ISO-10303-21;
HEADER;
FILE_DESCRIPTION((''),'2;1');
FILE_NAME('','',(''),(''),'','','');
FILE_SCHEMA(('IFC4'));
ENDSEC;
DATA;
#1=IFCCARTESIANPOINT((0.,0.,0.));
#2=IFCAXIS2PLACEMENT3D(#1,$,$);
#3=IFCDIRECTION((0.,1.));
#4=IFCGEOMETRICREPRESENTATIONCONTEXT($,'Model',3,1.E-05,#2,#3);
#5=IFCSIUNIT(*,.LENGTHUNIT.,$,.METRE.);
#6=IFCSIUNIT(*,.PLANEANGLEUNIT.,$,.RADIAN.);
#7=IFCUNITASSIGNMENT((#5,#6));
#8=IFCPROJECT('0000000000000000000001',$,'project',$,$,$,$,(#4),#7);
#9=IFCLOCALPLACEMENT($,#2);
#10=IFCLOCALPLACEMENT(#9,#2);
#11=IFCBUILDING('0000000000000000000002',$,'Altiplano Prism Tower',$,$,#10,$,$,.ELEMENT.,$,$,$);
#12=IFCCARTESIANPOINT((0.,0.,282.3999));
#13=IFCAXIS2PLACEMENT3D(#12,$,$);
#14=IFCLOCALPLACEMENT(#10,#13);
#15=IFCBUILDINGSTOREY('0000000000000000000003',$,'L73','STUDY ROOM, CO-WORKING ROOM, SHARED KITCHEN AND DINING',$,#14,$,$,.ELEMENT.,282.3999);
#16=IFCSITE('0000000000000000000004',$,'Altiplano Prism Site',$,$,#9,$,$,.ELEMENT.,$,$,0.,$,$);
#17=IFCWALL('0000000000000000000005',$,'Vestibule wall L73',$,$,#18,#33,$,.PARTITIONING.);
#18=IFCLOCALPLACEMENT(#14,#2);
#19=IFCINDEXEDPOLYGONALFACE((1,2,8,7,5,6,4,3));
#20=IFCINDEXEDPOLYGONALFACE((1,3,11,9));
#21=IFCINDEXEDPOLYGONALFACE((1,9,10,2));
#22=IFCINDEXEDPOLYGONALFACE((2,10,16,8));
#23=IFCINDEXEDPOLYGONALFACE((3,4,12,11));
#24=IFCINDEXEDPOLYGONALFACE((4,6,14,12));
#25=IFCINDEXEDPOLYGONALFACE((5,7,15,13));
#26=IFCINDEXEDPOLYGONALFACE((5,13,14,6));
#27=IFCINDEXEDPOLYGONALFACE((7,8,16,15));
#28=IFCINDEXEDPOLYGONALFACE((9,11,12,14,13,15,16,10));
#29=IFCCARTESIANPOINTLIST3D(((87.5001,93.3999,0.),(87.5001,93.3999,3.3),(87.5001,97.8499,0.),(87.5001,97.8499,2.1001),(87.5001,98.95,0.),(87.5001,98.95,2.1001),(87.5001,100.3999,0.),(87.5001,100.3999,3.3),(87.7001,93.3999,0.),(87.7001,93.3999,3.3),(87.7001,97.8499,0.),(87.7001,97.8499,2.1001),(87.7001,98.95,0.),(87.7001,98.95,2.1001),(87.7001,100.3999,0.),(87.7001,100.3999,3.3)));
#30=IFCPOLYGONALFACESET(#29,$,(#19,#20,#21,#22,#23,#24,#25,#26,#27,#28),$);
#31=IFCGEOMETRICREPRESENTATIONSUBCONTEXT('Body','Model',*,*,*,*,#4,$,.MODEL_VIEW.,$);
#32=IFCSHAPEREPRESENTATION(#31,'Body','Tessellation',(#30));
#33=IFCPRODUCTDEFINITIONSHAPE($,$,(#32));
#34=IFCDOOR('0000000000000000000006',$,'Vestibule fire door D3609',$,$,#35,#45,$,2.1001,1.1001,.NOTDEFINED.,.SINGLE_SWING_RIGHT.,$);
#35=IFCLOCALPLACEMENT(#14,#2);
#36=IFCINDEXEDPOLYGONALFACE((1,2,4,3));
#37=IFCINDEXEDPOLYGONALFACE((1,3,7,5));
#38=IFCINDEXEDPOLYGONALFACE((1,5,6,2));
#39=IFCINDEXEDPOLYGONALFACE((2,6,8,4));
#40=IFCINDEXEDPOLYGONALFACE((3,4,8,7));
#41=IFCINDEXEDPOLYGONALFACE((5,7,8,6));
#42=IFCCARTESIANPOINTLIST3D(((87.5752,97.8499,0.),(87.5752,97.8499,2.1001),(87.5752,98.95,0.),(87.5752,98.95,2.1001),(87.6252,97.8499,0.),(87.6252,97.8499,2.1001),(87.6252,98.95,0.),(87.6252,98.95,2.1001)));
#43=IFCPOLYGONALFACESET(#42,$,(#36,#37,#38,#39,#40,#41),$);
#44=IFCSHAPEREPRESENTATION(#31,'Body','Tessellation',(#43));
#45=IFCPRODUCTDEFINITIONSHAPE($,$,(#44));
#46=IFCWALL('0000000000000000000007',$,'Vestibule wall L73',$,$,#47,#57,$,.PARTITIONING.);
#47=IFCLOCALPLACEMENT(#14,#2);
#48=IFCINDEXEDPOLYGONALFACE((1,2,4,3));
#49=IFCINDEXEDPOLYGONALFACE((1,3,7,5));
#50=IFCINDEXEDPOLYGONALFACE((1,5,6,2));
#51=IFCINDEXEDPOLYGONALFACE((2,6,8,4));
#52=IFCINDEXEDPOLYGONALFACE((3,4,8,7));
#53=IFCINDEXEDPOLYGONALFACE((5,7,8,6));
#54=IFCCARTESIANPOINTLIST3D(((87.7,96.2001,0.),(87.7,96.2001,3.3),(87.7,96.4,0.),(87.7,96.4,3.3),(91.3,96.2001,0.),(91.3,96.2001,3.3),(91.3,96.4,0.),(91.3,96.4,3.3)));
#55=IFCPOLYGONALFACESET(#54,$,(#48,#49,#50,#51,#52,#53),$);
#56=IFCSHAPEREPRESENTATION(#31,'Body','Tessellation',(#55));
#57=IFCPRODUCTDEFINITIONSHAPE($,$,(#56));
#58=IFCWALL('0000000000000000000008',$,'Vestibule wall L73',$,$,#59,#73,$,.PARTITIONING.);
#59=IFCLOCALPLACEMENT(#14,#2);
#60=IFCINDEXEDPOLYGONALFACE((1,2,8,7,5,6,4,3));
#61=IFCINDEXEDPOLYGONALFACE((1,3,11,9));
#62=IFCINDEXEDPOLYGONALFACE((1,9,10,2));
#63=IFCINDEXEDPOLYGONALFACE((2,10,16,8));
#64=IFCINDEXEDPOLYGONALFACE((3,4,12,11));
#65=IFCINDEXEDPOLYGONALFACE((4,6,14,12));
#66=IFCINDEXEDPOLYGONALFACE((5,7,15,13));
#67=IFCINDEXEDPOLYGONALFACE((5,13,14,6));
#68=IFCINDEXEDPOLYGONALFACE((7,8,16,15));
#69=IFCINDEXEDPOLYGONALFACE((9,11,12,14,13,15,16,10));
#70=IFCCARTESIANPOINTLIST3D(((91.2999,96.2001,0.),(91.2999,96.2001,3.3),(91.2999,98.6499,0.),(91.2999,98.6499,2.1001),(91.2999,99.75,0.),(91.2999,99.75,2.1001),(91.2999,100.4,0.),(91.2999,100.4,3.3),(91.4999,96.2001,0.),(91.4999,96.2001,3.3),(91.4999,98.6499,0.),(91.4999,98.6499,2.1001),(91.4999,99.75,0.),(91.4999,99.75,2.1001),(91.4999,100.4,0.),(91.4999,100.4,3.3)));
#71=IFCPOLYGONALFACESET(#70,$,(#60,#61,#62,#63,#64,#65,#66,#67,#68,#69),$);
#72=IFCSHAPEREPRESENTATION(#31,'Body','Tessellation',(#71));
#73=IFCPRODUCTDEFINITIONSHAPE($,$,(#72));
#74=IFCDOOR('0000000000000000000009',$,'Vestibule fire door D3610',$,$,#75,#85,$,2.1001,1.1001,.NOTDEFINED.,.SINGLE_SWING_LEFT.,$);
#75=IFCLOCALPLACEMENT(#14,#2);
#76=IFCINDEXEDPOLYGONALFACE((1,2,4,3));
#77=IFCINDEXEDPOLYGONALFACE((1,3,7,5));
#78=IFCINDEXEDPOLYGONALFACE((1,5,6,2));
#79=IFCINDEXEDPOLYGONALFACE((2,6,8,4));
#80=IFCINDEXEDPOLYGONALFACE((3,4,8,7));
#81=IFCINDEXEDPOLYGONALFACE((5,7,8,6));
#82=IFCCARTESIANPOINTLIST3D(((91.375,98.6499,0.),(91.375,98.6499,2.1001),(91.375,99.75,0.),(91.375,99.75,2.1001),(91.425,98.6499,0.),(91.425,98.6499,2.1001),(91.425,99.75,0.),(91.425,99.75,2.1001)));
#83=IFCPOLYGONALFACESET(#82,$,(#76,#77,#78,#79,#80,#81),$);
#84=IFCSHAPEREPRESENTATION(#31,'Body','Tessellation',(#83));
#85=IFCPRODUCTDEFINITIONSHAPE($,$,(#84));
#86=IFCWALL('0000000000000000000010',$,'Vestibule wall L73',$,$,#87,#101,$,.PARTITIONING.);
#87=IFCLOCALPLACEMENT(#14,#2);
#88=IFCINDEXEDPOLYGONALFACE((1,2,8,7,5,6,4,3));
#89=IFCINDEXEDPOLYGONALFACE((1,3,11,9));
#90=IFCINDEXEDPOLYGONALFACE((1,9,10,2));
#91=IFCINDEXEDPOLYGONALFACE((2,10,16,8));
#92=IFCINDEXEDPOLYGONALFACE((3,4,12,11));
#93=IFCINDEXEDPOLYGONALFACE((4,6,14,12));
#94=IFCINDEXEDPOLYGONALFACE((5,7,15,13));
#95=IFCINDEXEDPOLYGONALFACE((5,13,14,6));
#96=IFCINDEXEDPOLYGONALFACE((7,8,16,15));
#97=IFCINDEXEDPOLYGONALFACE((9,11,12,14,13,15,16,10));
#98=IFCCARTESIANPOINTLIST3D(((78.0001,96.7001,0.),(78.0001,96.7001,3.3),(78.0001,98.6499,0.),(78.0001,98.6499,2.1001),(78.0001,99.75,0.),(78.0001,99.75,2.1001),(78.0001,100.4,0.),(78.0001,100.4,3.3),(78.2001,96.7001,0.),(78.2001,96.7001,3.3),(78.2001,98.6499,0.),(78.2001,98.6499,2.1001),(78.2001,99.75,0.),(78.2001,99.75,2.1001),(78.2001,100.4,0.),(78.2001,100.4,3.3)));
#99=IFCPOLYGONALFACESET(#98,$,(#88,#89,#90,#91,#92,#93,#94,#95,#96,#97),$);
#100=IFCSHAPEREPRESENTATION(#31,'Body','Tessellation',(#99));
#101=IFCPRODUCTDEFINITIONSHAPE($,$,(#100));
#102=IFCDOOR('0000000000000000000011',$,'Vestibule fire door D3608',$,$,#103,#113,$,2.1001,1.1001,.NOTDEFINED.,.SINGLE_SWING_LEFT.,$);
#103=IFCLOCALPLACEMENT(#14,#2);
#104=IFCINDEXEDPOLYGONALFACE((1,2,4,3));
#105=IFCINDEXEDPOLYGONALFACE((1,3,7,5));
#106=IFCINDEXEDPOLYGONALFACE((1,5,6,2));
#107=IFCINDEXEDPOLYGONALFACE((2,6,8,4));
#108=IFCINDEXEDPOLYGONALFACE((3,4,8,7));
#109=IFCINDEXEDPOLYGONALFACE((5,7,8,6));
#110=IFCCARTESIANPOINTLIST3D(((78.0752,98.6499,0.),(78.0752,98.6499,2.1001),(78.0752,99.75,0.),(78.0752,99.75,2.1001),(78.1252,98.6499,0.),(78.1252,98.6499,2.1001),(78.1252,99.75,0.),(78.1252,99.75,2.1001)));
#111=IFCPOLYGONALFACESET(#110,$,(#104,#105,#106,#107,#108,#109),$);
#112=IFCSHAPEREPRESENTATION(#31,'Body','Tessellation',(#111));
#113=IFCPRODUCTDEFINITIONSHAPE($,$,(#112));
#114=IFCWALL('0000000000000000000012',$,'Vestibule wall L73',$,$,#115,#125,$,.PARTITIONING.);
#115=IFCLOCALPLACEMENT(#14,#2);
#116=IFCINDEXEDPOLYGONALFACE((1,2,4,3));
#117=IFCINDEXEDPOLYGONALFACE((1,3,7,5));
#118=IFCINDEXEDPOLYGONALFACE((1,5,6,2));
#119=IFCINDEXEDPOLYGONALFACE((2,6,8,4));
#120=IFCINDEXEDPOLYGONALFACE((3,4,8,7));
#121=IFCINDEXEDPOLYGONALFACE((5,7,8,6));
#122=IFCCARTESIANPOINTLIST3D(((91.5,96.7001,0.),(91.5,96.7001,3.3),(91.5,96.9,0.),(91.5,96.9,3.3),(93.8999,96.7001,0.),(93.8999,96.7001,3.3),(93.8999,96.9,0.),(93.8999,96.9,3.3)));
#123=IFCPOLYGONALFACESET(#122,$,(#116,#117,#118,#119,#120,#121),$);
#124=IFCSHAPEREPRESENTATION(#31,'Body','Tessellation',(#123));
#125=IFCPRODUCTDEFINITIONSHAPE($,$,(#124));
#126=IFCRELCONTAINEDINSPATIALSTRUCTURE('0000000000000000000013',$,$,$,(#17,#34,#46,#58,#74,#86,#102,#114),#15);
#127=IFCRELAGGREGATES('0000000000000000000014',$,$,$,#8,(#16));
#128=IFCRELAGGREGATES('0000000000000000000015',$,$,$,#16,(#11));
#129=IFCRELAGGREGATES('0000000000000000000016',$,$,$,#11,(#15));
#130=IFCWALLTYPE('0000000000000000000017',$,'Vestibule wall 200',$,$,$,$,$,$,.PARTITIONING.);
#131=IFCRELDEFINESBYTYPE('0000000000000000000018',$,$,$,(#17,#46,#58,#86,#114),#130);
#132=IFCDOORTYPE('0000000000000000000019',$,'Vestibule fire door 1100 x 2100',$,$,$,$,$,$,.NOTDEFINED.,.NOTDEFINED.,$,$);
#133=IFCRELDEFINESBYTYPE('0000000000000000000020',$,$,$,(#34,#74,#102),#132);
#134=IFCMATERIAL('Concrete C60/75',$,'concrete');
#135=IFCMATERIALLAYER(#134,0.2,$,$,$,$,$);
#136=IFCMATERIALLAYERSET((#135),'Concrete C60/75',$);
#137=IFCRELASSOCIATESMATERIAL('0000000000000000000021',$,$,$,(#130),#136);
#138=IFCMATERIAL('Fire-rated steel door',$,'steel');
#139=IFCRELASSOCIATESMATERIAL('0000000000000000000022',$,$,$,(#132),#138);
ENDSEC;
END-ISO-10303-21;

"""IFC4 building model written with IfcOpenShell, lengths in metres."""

from ifc_helpers import new_model, si_unit, direction, frame, frame_2d, origin, place, context, subcontext, project, spatial, rectangle, extrude, material, layer, layer_set, type_object, element, fill, save


model = new_model("IFC4")

# Units and contexts
model_context = context("Model", 3, precision=1e-05, world=origin(), true_north=direction((0.0, 1.0)))
body_context = subcontext(model_context, "Body", "Model", "MODEL_VIEW")
ifc_project = project(units=[si_unit("LENGTHUNIT", "METRE"), si_unit("PLANEANGLEUNIT", "RADIAN")], contexts=[model_context])

# Site, building, storey
site_placement = place(None, origin())
site = spatial("IfcSite", under=ifc_project, at=site_placement, Name="Altiplano Prism Site", CompositionType="ELEMENT", RefElevation=0.0)
building_placement = place(site_placement, origin())
building = spatial("IfcBuilding", under=site, at=building_placement, Name="Altiplano Prism Tower", CompositionType="ELEMENT")
storey_placement = place(building_placement, frame((0.0, 0.0, 282.3999)))
storey = spatial("IfcBuildingStorey", under=building, at=storey_placement, Name="L73", Description="STUDY ROOM, CO-WORKING ROOM, SHARED KITCHEN AND DINING", CompositionType="ELEMENT", Elevation=282.3999)

# Shared definitions
ifc_material_1 = material(Name="Concrete C60/75", Category="concrete")

# Shared definitions
ifc_material_2 = material(Name="Fire-rated steel door", Category="steel")

# Shared definitions
ifc_layer_1 = layer(ifc_material_1, 0.2)
ifc_layer_set_1 = layer_set([ifc_layer_1], Name="Concrete C60/75")
wall_type_1 = type_object("IfcWallType", Name="Vestibule wall 200", PredefinedType="PARTITIONING", material=ifc_layer_set_1)

# Wall, opening, door
wall_1_placement = place(storey_placement, frame((87.6001, 93.3999, 0.0), z_axis=(0.0, 0.0, 1.0), x_axis=(0.0, 1.0, 0.0)))
wall_1 = element("IfcWall", 1, at=wall_1_placement, inside=storey, type_object=wall_type_1, Name="Vestibule wall L73", PredefinedType="PARTITIONING", context=body_context, shape_type="SweptSolid", body=[
    extrude(rectangle(XDim=7.0, YDim=0.2, at=frame_2d((3.5, 0.0))), origin(), (0.0, 0.0, 1.0), 3.3),
])
opening_1_placement = place(wall_1_placement, frame((4.45, 0.0, 0.0)))
opening_1 = element("IfcOpeningElement", 2, at=opening_1_placement, cuts=wall_1, PredefinedType="OPENING", context=body_context, shape_type="SweptSolid", body=[
    extrude(rectangle(XDim=1.1001, YDim=2.1001, at=frame_2d((0.55, 1.05))), frame((0.0, 0.1104, 0.0), z_axis=(0.0, -1.0, 0.0), x_axis=(1.0, 0.0, 0.0)), (0.0, 0.0, 1.0), 0.2209),
])
door_type_1 = type_object("IfcDoorType", Name="Vestibule fire door 1100 x 2100", OperationType="NOTDEFINED", PredefinedType="NOTDEFINED", material=ifc_material_2)
door_1_placement = place(opening_1_placement, origin())
door_1 = element("IfcDoor", 3, at=door_1_placement, inside=storey, type_object=door_type_1, Name="Vestibule fire door D3609", OperationType="SINGLE_SWING_RIGHT", OverallHeight=2.1001, OverallWidth=1.1001, PredefinedType="NOTDEFINED", context=body_context, shape_type="SweptSolid", body=[
    extrude(rectangle(XDim=1.1001, YDim=2.1001, at=frame_2d((0.55, 1.05))), frame((0.0, 0.0249, 0.0), z_axis=(0.0, -1.0, 0.0), x_axis=(1.0, 0.0, 0.0)), (0.0, 0.0, 1.0), 0.05),
])
fill(opening_1, door_1)

# Wall
wall_2_placement = place(storey_placement, frame((87.7, 96.3, 0.0), z_axis=(0.0, 0.0, 1.0), x_axis=(1.0, 0.0, 0.0)))
element("IfcWall", 4, at=wall_2_placement, inside=storey, type_object=wall_type_1, Name="Vestibule wall L73", PredefinedType="PARTITIONING", context=body_context, shape_type="SweptSolid", body=[
    extrude(rectangle(XDim=3.6001, YDim=0.2, at=frame_2d((1.8, 0.0))), origin(), (0.0, 0.0, 1.0), 3.3),
])

# Walls, openings, doors
wall_3_placement = place(storey_placement, frame((91.3999, 96.2, 0.0), z_axis=(0.0, 0.0, 1.0), x_axis=(0.0, 1.0, 0.0)))
wall_3 = element("IfcWall", 5, at=wall_3_placement, inside=storey, type_object=wall_type_1, Name="Vestibule wall L73", PredefinedType="PARTITIONING", context=body_context, shape_type="SweptSolid", body=[
    extrude(rectangle(XDim=4.2, YDim=0.2, at=frame_2d((2.1001, 0.0))), origin(), (0.0, 0.0, 1.0), 3.3),
])
opening_2_placement = place(wall_3_placement, frame((2.45, 0.0, 0.0)))
opening_2 = element("IfcOpeningElement", 6, at=opening_2_placement, cuts=wall_3, PredefinedType="OPENING", context=body_context, shape_type="SweptSolid", body=[
    extrude(rectangle(XDim=1.1001, YDim=2.1001, at=frame_2d((0.55, 1.05))), frame((0.0, 0.1104, 0.0), z_axis=(0.0, -1.0, 0.0), x_axis=(1.0, 0.0, 0.0)), (0.0, 0.0, 1.0), 0.2209),
])
door_2_placement = place(opening_2_placement, origin())
door_2 = element("IfcDoor", 7, at=door_2_placement, inside=storey, type_object=door_type_1, Name="Vestibule fire door D3610", OperationType="SINGLE_SWING_LEFT", OverallHeight=2.1001, OverallWidth=1.1001, PredefinedType="NOTDEFINED", context=body_context, shape_type="SweptSolid", body=[
    extrude(rectangle(XDim=1.1001, YDim=2.1001, at=frame_2d((0.55, 1.05))), frame((0.0, 0.0249, 0.0), z_axis=(0.0, -1.0, 0.0), x_axis=(1.0, 0.0, 0.0)), (0.0, 0.0, 1.0), 0.05),
])
fill(opening_2, door_2)
wall_4_placement = place(storey_placement, frame((78.1001, 96.7, 0.0), z_axis=(0.0, 0.0, 1.0), x_axis=(0.0, 1.0, 0.0)))
wall_4 = element("IfcWall", 8, at=wall_4_placement, inside=storey, type_object=wall_type_1, Name="Vestibule wall L73", PredefinedType="PARTITIONING", context=body_context, shape_type="SweptSolid", body=[
    extrude(rectangle(XDim=3.7, YDim=0.2, at=frame_2d((1.8501, 0.0))), origin(), (0.0, 0.0, 1.0), 3.3),
])
opening_3_placement = place(wall_4_placement, frame((1.95, 0.0, 0.0)))
opening_3 = element("IfcOpeningElement", 9, at=opening_3_placement, cuts=wall_4, PredefinedType="OPENING", context=body_context, shape_type="SweptSolid", body=[
    extrude(rectangle(XDim=1.1001, YDim=2.1001, at=frame_2d((0.55, 1.05))), frame((0.0, 0.1104, 0.0), z_axis=(0.0, -1.0, 0.0), x_axis=(1.0, 0.0, 0.0)), (0.0, 0.0, 1.0), 0.2209),
])
door_3_placement = place(opening_3_placement, origin())
door_3 = element("IfcDoor", 10, at=door_3_placement, inside=storey, type_object=door_type_1, Name="Vestibule fire door D3608", OperationType="SINGLE_SWING_LEFT", OverallHeight=2.1001, OverallWidth=1.1001, PredefinedType="NOTDEFINED", context=body_context, shape_type="SweptSolid", body=[
    extrude(rectangle(XDim=1.1001, YDim=2.1001, at=frame_2d((0.55, 1.05))), frame((0.0, 0.0249, 0.0), z_axis=(0.0, -1.0, 0.0), x_axis=(1.0, 0.0, 0.0)), (0.0, 0.0, 1.0), 0.05),
])
fill(opening_3, door_3)

# Wall
wall_5_placement = place(storey_placement, frame((91.5, 96.8, 0.0), z_axis=(0.0, 0.0, 1.0), x_axis=(1.0, 0.0, 0.0)))
element("IfcWall", 11, at=wall_5_placement, inside=storey, type_object=wall_type_1, Name="Vestibule wall L73", PredefinedType="PARTITIONING", context=body_context, shape_type="SweptSolid", body=[
    extrude(rectangle(XDim=2.3999, YDim=0.2, at=frame_2d((1.2, 0.0))), origin(), (0.0, 0.0, 1.0), 3.3),
])

save(model, "model.ifc")
